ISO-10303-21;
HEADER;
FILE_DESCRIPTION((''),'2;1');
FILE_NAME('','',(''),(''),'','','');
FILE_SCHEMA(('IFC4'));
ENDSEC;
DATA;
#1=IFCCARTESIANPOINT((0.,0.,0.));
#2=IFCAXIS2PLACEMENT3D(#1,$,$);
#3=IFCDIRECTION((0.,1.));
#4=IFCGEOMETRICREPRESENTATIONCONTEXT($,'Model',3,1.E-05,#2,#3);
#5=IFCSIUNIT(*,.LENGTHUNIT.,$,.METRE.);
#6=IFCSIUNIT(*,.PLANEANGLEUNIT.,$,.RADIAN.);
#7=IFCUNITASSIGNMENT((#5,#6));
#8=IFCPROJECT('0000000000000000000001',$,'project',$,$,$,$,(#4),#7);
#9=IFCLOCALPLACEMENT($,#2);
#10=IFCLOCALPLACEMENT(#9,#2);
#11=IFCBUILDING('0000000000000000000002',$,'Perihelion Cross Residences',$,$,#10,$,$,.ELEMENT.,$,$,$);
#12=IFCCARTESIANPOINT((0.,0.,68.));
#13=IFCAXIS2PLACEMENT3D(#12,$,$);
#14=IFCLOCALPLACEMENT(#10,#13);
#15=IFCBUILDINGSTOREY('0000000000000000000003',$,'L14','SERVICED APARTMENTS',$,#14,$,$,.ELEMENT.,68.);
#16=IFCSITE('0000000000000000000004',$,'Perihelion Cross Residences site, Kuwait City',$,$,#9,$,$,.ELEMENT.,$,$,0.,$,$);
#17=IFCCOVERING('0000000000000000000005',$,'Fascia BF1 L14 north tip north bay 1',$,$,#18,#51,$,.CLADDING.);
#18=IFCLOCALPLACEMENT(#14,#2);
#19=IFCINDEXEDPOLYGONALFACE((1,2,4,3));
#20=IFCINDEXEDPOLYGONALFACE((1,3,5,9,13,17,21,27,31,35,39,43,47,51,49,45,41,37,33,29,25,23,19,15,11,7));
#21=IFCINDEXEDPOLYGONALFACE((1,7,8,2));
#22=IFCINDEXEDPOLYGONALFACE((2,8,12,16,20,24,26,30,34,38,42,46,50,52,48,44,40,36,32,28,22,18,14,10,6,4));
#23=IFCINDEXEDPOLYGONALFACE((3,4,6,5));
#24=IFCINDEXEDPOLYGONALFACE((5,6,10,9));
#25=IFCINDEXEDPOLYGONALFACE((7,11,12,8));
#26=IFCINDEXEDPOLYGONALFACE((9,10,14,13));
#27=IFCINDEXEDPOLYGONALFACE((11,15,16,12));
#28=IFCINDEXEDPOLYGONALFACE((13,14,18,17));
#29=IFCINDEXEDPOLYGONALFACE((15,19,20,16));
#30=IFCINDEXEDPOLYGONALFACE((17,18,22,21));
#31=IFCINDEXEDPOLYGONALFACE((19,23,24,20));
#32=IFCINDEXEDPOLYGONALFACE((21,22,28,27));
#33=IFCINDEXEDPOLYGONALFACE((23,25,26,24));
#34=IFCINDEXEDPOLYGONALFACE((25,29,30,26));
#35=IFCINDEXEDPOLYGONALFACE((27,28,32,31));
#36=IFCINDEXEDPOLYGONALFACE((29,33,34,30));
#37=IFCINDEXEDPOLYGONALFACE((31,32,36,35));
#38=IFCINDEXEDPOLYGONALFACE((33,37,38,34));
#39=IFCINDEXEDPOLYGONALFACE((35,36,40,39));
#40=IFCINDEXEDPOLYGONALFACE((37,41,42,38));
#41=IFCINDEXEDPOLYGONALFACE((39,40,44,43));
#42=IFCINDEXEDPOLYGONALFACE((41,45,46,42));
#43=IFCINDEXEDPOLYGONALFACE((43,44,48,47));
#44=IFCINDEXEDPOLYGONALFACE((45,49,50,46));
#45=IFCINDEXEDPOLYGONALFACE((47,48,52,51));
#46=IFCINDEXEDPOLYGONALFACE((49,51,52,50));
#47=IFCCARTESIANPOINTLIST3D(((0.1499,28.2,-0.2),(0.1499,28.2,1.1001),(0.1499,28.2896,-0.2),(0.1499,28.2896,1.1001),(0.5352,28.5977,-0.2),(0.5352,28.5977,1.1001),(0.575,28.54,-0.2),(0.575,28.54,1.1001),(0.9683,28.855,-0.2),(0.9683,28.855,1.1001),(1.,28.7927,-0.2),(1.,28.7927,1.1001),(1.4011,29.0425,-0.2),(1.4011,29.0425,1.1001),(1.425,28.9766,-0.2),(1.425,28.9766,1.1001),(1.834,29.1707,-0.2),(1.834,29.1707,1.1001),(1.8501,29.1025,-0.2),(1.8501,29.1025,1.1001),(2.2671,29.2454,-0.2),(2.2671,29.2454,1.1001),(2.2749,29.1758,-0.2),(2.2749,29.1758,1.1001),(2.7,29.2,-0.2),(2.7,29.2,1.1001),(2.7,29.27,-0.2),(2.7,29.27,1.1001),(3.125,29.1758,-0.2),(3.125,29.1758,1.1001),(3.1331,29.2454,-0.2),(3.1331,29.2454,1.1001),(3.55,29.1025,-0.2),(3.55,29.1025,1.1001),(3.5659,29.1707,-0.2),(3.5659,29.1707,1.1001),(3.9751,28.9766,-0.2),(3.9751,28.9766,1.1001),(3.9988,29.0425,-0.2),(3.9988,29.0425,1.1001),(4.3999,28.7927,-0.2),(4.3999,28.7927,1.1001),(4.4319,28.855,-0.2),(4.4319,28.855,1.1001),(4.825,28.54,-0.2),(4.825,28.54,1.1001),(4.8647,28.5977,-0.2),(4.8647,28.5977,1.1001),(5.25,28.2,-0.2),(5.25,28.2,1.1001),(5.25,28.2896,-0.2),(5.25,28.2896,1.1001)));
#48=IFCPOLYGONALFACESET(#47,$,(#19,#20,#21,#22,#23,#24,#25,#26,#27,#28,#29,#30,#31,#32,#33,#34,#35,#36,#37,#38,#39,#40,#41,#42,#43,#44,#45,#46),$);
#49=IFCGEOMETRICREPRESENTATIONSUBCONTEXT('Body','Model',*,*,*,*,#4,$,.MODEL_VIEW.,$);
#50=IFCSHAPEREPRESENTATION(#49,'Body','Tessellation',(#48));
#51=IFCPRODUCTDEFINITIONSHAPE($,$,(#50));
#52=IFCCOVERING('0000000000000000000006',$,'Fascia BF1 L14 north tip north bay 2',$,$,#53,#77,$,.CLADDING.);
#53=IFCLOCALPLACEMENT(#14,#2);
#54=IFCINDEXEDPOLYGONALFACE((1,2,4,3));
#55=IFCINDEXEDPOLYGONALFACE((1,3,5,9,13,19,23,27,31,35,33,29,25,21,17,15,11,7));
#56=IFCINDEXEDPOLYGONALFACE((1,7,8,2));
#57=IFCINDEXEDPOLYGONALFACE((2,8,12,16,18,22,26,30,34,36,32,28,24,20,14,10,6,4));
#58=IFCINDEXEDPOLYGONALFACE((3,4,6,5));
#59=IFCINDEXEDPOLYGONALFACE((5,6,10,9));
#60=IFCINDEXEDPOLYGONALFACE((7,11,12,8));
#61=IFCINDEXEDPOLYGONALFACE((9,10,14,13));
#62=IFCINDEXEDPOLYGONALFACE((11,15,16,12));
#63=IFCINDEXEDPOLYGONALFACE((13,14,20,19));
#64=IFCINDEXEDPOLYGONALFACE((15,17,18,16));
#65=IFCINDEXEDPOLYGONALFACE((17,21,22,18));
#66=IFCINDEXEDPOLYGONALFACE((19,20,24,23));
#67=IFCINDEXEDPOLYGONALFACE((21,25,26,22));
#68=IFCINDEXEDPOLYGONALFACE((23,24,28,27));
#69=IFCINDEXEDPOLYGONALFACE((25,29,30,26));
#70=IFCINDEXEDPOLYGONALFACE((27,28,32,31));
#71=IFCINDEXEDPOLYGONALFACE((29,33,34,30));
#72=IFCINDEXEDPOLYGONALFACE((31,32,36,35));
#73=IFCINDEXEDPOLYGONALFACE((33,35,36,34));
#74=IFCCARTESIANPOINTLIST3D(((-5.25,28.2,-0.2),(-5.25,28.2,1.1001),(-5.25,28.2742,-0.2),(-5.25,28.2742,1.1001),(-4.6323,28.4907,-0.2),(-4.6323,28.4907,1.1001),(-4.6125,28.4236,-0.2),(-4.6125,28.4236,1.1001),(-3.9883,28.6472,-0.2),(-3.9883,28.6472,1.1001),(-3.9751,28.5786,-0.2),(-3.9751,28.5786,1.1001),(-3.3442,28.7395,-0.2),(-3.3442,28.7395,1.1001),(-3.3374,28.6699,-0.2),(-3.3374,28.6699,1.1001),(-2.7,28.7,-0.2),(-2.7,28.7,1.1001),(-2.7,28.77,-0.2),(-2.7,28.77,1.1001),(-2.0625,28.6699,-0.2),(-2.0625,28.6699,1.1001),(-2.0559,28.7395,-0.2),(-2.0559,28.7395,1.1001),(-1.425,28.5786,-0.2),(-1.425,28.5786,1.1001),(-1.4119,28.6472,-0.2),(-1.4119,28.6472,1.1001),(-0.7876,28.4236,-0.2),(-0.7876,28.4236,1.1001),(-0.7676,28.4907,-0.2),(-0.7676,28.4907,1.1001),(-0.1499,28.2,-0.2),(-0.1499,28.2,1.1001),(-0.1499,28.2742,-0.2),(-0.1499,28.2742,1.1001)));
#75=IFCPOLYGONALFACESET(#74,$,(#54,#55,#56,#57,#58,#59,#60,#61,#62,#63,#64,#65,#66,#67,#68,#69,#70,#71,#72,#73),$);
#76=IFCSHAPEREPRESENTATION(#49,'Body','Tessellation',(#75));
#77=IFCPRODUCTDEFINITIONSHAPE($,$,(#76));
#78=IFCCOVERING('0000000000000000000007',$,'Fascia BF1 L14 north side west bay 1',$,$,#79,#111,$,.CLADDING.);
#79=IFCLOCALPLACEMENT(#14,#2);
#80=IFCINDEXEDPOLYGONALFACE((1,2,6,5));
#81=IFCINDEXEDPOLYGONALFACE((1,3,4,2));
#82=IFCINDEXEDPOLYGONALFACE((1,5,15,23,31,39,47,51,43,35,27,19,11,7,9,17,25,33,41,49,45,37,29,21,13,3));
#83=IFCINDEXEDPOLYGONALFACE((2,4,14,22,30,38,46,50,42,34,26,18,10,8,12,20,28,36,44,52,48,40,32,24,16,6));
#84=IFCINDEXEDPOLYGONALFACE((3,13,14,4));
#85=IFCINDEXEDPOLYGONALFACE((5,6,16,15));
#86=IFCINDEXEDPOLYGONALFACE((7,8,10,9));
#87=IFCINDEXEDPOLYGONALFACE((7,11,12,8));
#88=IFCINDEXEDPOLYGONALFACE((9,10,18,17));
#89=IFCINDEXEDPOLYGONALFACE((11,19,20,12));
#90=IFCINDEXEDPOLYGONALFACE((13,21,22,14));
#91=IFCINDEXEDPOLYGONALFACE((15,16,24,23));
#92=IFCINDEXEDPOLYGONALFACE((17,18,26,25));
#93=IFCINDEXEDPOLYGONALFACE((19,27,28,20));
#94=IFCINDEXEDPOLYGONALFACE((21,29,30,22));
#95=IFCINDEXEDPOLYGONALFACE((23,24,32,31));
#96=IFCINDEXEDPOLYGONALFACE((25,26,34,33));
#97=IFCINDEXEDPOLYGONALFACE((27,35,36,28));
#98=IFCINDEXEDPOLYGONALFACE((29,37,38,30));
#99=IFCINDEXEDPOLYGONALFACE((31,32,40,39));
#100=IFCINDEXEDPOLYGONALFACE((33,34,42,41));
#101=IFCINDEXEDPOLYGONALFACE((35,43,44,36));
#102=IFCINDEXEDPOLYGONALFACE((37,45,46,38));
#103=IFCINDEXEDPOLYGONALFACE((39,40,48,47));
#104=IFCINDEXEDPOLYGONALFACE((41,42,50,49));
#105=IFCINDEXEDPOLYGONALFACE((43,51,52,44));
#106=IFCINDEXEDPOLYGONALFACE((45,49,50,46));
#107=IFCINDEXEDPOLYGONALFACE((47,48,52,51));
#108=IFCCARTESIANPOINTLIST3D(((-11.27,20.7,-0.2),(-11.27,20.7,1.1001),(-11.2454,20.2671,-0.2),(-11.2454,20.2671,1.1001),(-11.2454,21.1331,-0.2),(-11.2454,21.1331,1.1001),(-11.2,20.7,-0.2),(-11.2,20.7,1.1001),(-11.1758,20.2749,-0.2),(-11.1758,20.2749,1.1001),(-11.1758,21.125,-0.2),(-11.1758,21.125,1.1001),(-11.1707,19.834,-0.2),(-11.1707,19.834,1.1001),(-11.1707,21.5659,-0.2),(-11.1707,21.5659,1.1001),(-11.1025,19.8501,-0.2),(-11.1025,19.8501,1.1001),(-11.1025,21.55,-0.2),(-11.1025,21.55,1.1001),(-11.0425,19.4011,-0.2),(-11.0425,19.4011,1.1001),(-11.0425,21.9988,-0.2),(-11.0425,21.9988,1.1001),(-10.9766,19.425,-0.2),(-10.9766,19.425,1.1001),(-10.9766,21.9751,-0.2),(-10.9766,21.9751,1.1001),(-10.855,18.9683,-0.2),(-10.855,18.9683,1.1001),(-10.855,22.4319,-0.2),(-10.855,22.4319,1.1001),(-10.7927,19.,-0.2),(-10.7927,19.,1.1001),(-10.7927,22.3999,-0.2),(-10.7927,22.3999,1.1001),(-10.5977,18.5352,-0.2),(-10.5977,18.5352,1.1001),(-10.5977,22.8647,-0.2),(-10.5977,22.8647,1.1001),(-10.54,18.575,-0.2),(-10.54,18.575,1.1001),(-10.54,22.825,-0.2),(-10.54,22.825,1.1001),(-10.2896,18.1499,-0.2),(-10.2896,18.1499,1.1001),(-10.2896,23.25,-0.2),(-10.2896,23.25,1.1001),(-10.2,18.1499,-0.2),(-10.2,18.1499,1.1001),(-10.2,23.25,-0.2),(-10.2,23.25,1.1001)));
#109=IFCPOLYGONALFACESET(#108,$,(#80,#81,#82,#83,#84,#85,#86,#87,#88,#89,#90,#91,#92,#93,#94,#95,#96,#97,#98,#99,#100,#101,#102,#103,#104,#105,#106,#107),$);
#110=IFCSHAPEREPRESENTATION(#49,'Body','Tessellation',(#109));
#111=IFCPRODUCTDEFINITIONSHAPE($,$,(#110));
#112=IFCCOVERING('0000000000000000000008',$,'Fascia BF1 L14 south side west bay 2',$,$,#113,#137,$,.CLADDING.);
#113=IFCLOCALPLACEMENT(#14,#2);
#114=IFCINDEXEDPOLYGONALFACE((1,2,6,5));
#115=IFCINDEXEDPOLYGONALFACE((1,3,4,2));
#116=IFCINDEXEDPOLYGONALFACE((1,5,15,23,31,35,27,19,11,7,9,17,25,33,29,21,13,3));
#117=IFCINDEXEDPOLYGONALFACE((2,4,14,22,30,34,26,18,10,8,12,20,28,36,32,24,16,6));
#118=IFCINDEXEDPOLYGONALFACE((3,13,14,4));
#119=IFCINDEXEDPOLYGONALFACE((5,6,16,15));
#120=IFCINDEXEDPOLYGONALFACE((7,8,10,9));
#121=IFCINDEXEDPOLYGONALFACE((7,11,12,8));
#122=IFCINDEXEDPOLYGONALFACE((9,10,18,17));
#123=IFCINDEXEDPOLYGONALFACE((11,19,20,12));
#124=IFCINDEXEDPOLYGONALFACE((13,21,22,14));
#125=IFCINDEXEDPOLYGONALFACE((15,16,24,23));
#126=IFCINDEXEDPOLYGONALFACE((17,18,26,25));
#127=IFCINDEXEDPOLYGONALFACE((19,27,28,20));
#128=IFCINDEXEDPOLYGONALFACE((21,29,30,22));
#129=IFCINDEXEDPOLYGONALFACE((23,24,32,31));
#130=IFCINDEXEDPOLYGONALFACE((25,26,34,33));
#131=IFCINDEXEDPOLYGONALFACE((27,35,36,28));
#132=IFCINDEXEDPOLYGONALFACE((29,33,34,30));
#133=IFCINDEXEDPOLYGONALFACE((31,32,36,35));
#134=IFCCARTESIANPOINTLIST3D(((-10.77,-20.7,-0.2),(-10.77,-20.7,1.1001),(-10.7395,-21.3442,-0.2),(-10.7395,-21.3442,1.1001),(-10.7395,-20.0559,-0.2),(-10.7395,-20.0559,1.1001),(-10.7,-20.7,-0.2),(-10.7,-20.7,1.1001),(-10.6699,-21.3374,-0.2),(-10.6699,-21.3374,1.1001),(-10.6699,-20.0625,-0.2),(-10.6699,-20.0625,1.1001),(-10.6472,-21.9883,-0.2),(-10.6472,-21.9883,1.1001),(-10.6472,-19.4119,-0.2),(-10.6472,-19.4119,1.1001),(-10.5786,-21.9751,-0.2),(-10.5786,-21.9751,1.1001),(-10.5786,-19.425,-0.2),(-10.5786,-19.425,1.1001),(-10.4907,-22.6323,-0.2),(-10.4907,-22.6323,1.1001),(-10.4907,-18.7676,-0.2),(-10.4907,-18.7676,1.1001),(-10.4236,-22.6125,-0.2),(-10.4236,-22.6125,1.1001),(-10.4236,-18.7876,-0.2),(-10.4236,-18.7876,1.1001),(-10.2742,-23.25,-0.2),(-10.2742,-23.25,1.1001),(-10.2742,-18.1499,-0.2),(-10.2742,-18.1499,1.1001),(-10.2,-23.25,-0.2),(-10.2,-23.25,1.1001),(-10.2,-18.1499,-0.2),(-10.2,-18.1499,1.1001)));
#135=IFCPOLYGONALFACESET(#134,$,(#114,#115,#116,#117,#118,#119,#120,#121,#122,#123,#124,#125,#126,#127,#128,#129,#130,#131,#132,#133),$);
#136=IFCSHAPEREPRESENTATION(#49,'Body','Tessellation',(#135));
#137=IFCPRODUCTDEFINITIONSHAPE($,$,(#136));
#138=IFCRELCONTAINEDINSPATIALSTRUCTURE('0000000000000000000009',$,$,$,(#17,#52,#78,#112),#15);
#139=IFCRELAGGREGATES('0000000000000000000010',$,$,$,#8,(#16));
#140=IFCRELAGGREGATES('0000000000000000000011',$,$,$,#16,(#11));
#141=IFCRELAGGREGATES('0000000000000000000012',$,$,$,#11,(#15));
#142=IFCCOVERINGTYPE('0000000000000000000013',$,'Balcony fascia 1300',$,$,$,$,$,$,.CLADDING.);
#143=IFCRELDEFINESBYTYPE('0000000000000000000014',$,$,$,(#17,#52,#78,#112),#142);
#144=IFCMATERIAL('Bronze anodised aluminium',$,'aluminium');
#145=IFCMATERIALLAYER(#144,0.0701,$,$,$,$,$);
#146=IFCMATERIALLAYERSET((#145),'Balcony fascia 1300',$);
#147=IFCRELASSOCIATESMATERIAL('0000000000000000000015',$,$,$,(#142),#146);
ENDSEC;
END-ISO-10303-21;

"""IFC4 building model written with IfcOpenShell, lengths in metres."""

from ifc_helpers import new_model, si_unit, direction, frame, origin, place, context, subcontext, project, spatial, polyline, outline, extrude, material, layer, layer_set, type_object, element, save


model = new_model("IFC4")

# Units and contexts
model_context = context("Model", 3, precision=1e-05, world=origin(), true_north=direction((0.0, 1.0)))
body_context = subcontext(model_context, "Body", "Model", "MODEL_VIEW")
ifc_project = project(units=[si_unit("LENGTHUNIT", "METRE"), si_unit("PLANEANGLEUNIT", "RADIAN")], contexts=[model_context])

# Site, building, storey
site_placement = place(None, origin())
site = spatial("IfcSite", under=ifc_project, at=site_placement, Name="Perihelion Cross Residences site, Kuwait City", CompositionType="ELEMENT", RefElevation=0.0)
building_placement = place(site_placement, origin())
building = spatial("IfcBuilding", under=site, at=building_placement, Name="Perihelion Cross Residences", CompositionType="ELEMENT")
storey_placement = place(building_placement, frame((0.0, 0.0, 68.0)))
storey = spatial("IfcBuildingStorey", under=building, at=storey_placement, Name="L14", Description="SERVICED APARTMENTS", CompositionType="ELEMENT", Elevation=68.0)

# Coverings
ifc_material_1 = material(Name="Bronze anodised aluminium", Category="aluminium")
ifc_layer_1 = layer(ifc_material_1, 0.0701)
ifc_layer_set_1 = layer_set([ifc_layer_1], Name="Balcony fascia 1300")
covering_type = type_object("IfcCoveringType", Name="Balcony fascia 1300", PredefinedType="CLADDING", material=ifc_layer_set_1)
covering_1_placement = place(storey_placement, frame((0.0, 0.0, -0.2)))
element("IfcCovering", 1, at=covering_1_placement, inside=storey, type_object=covering_type, Name="Fascia BF1 L14 north tip north bay 1", PredefinedType="CLADDING", context=body_context, shape_type="SweptSolid", body=[
    extrude(outline(polyline([(4.8647, 28.5977), (4.4319, 28.855), (3.9988, 29.0425), (3.5659, 29.1707), (3.1331, 29.2454), (2.7, 29.27), (2.2671, 29.2454), (1.834, 29.1707), (1.4011, 29.0425), (0.9683, 28.855), (0.5352, 28.5977), (0.1499, 28.2896), (0.1499, 28.2), (0.575, 28.54), (1.0, 28.7927), (1.425, 28.9766), (1.8501, 29.1025), (2.2749, 29.1758), (2.7, 29.2), (3.125, 29.1758), (3.55, 29.1025), (3.9751, 28.9766), (4.3999, 28.7927), (4.825, 28.54), (5.25, 28.2), (5.25, 28.2896), (4.8647, 28.5977)])), origin(), (0.0, 0.0, 1.0), 1.3),
])
covering_2_placement = place(storey_placement, frame((0.0, 0.0, -0.2)))
element("IfcCovering", 2, at=covering_2_placement, inside=storey, type_object=covering_type, Name="Fascia BF1 L14 north tip north bay 2", PredefinedType="CLADDING", context=body_context, shape_type="SweptSolid", body=[
    extrude(outline(polyline([(-0.7676, 28.4907), (-1.4119, 28.6472), (-2.0559, 28.7395), (-2.7, 28.77), (-3.3442, 28.7395), (-3.9883, 28.6472), (-4.6323, 28.4907), (-5.25, 28.2742), (-5.25, 28.2), (-4.6125, 28.4236), (-3.9751, 28.5786), (-3.3374, 28.6699), (-2.7, 28.7), (-2.0625, 28.6699), (-1.425, 28.5786), (-0.7876, 28.4236), (-0.1499, 28.2), (-0.1499, 28.2742), (-0.7676, 28.4907)])), origin(), (0.0, 0.0, 1.0), 1.3),
])
covering_3_placement = place(storey_placement, frame((0.0, 0.0, -0.2)))
element("IfcCovering", 3, at=covering_3_placement, inside=storey, type_object=covering_type, Name="Fascia BF1 L14 north side west bay 1", PredefinedType="CLADDING", context=body_context, shape_type="SweptSolid", body=[
    extrude(outline(polyline([(-10.5977, 22.8647), (-10.855, 22.4319), (-11.0425, 21.9988), (-11.1707, 21.5659), (-11.2454, 21.1331), (-11.27, 20.7), (-11.2454, 20.2671), (-11.1707, 19.834), (-11.0425, 19.4011), (-10.855, 18.9683), (-10.5977, 18.5352), (-10.2896, 18.1499), (-10.2, 18.1499), (-10.54, 18.575), (-10.7927, 19.0), (-10.9766, 19.425), (-11.1025, 19.8501), (-11.1758, 20.2749), (-11.2, 20.7), (-11.1758, 21.125), (-11.1025, 21.55), (-10.9766, 21.9751), (-10.7927, 22.3999), (-10.54, 22.825), (-10.2, 23.25), (-10.2896, 23.25), (-10.5977, 22.8647)])), origin(), (0.0, 0.0, 1.0), 1.3),
])
covering_4_placement = place(storey_placement, frame((0.0, 0.0, -0.2)))
element("IfcCovering", 4, at=covering_4_placement, inside=storey, type_object=covering_type, Name="Fascia BF1 L14 south side west bay 2", PredefinedType="CLADDING", context=body_context, shape_type="SweptSolid", body=[
    extrude(outline(polyline([(-10.4907, -18.7676), (-10.6472, -19.4119), (-10.7395, -20.0559), (-10.77, -20.7), (-10.7395, -21.3442), (-10.6472, -21.9883), (-10.4907, -22.6323), (-10.2742, -23.25), (-10.2, -23.25), (-10.4236, -22.6125), (-10.5786, -21.9751), (-10.6699, -21.3374), (-10.7, -20.7), (-10.6699, -20.0625), (-10.5786, -19.425), (-10.4236, -18.7876), (-10.2, -18.1499), (-10.2742, -18.1499), (-10.4907, -18.7676)])), origin(), (0.0, 0.0, 1.0), 1.3),
])

save(model, "model.ifc")
